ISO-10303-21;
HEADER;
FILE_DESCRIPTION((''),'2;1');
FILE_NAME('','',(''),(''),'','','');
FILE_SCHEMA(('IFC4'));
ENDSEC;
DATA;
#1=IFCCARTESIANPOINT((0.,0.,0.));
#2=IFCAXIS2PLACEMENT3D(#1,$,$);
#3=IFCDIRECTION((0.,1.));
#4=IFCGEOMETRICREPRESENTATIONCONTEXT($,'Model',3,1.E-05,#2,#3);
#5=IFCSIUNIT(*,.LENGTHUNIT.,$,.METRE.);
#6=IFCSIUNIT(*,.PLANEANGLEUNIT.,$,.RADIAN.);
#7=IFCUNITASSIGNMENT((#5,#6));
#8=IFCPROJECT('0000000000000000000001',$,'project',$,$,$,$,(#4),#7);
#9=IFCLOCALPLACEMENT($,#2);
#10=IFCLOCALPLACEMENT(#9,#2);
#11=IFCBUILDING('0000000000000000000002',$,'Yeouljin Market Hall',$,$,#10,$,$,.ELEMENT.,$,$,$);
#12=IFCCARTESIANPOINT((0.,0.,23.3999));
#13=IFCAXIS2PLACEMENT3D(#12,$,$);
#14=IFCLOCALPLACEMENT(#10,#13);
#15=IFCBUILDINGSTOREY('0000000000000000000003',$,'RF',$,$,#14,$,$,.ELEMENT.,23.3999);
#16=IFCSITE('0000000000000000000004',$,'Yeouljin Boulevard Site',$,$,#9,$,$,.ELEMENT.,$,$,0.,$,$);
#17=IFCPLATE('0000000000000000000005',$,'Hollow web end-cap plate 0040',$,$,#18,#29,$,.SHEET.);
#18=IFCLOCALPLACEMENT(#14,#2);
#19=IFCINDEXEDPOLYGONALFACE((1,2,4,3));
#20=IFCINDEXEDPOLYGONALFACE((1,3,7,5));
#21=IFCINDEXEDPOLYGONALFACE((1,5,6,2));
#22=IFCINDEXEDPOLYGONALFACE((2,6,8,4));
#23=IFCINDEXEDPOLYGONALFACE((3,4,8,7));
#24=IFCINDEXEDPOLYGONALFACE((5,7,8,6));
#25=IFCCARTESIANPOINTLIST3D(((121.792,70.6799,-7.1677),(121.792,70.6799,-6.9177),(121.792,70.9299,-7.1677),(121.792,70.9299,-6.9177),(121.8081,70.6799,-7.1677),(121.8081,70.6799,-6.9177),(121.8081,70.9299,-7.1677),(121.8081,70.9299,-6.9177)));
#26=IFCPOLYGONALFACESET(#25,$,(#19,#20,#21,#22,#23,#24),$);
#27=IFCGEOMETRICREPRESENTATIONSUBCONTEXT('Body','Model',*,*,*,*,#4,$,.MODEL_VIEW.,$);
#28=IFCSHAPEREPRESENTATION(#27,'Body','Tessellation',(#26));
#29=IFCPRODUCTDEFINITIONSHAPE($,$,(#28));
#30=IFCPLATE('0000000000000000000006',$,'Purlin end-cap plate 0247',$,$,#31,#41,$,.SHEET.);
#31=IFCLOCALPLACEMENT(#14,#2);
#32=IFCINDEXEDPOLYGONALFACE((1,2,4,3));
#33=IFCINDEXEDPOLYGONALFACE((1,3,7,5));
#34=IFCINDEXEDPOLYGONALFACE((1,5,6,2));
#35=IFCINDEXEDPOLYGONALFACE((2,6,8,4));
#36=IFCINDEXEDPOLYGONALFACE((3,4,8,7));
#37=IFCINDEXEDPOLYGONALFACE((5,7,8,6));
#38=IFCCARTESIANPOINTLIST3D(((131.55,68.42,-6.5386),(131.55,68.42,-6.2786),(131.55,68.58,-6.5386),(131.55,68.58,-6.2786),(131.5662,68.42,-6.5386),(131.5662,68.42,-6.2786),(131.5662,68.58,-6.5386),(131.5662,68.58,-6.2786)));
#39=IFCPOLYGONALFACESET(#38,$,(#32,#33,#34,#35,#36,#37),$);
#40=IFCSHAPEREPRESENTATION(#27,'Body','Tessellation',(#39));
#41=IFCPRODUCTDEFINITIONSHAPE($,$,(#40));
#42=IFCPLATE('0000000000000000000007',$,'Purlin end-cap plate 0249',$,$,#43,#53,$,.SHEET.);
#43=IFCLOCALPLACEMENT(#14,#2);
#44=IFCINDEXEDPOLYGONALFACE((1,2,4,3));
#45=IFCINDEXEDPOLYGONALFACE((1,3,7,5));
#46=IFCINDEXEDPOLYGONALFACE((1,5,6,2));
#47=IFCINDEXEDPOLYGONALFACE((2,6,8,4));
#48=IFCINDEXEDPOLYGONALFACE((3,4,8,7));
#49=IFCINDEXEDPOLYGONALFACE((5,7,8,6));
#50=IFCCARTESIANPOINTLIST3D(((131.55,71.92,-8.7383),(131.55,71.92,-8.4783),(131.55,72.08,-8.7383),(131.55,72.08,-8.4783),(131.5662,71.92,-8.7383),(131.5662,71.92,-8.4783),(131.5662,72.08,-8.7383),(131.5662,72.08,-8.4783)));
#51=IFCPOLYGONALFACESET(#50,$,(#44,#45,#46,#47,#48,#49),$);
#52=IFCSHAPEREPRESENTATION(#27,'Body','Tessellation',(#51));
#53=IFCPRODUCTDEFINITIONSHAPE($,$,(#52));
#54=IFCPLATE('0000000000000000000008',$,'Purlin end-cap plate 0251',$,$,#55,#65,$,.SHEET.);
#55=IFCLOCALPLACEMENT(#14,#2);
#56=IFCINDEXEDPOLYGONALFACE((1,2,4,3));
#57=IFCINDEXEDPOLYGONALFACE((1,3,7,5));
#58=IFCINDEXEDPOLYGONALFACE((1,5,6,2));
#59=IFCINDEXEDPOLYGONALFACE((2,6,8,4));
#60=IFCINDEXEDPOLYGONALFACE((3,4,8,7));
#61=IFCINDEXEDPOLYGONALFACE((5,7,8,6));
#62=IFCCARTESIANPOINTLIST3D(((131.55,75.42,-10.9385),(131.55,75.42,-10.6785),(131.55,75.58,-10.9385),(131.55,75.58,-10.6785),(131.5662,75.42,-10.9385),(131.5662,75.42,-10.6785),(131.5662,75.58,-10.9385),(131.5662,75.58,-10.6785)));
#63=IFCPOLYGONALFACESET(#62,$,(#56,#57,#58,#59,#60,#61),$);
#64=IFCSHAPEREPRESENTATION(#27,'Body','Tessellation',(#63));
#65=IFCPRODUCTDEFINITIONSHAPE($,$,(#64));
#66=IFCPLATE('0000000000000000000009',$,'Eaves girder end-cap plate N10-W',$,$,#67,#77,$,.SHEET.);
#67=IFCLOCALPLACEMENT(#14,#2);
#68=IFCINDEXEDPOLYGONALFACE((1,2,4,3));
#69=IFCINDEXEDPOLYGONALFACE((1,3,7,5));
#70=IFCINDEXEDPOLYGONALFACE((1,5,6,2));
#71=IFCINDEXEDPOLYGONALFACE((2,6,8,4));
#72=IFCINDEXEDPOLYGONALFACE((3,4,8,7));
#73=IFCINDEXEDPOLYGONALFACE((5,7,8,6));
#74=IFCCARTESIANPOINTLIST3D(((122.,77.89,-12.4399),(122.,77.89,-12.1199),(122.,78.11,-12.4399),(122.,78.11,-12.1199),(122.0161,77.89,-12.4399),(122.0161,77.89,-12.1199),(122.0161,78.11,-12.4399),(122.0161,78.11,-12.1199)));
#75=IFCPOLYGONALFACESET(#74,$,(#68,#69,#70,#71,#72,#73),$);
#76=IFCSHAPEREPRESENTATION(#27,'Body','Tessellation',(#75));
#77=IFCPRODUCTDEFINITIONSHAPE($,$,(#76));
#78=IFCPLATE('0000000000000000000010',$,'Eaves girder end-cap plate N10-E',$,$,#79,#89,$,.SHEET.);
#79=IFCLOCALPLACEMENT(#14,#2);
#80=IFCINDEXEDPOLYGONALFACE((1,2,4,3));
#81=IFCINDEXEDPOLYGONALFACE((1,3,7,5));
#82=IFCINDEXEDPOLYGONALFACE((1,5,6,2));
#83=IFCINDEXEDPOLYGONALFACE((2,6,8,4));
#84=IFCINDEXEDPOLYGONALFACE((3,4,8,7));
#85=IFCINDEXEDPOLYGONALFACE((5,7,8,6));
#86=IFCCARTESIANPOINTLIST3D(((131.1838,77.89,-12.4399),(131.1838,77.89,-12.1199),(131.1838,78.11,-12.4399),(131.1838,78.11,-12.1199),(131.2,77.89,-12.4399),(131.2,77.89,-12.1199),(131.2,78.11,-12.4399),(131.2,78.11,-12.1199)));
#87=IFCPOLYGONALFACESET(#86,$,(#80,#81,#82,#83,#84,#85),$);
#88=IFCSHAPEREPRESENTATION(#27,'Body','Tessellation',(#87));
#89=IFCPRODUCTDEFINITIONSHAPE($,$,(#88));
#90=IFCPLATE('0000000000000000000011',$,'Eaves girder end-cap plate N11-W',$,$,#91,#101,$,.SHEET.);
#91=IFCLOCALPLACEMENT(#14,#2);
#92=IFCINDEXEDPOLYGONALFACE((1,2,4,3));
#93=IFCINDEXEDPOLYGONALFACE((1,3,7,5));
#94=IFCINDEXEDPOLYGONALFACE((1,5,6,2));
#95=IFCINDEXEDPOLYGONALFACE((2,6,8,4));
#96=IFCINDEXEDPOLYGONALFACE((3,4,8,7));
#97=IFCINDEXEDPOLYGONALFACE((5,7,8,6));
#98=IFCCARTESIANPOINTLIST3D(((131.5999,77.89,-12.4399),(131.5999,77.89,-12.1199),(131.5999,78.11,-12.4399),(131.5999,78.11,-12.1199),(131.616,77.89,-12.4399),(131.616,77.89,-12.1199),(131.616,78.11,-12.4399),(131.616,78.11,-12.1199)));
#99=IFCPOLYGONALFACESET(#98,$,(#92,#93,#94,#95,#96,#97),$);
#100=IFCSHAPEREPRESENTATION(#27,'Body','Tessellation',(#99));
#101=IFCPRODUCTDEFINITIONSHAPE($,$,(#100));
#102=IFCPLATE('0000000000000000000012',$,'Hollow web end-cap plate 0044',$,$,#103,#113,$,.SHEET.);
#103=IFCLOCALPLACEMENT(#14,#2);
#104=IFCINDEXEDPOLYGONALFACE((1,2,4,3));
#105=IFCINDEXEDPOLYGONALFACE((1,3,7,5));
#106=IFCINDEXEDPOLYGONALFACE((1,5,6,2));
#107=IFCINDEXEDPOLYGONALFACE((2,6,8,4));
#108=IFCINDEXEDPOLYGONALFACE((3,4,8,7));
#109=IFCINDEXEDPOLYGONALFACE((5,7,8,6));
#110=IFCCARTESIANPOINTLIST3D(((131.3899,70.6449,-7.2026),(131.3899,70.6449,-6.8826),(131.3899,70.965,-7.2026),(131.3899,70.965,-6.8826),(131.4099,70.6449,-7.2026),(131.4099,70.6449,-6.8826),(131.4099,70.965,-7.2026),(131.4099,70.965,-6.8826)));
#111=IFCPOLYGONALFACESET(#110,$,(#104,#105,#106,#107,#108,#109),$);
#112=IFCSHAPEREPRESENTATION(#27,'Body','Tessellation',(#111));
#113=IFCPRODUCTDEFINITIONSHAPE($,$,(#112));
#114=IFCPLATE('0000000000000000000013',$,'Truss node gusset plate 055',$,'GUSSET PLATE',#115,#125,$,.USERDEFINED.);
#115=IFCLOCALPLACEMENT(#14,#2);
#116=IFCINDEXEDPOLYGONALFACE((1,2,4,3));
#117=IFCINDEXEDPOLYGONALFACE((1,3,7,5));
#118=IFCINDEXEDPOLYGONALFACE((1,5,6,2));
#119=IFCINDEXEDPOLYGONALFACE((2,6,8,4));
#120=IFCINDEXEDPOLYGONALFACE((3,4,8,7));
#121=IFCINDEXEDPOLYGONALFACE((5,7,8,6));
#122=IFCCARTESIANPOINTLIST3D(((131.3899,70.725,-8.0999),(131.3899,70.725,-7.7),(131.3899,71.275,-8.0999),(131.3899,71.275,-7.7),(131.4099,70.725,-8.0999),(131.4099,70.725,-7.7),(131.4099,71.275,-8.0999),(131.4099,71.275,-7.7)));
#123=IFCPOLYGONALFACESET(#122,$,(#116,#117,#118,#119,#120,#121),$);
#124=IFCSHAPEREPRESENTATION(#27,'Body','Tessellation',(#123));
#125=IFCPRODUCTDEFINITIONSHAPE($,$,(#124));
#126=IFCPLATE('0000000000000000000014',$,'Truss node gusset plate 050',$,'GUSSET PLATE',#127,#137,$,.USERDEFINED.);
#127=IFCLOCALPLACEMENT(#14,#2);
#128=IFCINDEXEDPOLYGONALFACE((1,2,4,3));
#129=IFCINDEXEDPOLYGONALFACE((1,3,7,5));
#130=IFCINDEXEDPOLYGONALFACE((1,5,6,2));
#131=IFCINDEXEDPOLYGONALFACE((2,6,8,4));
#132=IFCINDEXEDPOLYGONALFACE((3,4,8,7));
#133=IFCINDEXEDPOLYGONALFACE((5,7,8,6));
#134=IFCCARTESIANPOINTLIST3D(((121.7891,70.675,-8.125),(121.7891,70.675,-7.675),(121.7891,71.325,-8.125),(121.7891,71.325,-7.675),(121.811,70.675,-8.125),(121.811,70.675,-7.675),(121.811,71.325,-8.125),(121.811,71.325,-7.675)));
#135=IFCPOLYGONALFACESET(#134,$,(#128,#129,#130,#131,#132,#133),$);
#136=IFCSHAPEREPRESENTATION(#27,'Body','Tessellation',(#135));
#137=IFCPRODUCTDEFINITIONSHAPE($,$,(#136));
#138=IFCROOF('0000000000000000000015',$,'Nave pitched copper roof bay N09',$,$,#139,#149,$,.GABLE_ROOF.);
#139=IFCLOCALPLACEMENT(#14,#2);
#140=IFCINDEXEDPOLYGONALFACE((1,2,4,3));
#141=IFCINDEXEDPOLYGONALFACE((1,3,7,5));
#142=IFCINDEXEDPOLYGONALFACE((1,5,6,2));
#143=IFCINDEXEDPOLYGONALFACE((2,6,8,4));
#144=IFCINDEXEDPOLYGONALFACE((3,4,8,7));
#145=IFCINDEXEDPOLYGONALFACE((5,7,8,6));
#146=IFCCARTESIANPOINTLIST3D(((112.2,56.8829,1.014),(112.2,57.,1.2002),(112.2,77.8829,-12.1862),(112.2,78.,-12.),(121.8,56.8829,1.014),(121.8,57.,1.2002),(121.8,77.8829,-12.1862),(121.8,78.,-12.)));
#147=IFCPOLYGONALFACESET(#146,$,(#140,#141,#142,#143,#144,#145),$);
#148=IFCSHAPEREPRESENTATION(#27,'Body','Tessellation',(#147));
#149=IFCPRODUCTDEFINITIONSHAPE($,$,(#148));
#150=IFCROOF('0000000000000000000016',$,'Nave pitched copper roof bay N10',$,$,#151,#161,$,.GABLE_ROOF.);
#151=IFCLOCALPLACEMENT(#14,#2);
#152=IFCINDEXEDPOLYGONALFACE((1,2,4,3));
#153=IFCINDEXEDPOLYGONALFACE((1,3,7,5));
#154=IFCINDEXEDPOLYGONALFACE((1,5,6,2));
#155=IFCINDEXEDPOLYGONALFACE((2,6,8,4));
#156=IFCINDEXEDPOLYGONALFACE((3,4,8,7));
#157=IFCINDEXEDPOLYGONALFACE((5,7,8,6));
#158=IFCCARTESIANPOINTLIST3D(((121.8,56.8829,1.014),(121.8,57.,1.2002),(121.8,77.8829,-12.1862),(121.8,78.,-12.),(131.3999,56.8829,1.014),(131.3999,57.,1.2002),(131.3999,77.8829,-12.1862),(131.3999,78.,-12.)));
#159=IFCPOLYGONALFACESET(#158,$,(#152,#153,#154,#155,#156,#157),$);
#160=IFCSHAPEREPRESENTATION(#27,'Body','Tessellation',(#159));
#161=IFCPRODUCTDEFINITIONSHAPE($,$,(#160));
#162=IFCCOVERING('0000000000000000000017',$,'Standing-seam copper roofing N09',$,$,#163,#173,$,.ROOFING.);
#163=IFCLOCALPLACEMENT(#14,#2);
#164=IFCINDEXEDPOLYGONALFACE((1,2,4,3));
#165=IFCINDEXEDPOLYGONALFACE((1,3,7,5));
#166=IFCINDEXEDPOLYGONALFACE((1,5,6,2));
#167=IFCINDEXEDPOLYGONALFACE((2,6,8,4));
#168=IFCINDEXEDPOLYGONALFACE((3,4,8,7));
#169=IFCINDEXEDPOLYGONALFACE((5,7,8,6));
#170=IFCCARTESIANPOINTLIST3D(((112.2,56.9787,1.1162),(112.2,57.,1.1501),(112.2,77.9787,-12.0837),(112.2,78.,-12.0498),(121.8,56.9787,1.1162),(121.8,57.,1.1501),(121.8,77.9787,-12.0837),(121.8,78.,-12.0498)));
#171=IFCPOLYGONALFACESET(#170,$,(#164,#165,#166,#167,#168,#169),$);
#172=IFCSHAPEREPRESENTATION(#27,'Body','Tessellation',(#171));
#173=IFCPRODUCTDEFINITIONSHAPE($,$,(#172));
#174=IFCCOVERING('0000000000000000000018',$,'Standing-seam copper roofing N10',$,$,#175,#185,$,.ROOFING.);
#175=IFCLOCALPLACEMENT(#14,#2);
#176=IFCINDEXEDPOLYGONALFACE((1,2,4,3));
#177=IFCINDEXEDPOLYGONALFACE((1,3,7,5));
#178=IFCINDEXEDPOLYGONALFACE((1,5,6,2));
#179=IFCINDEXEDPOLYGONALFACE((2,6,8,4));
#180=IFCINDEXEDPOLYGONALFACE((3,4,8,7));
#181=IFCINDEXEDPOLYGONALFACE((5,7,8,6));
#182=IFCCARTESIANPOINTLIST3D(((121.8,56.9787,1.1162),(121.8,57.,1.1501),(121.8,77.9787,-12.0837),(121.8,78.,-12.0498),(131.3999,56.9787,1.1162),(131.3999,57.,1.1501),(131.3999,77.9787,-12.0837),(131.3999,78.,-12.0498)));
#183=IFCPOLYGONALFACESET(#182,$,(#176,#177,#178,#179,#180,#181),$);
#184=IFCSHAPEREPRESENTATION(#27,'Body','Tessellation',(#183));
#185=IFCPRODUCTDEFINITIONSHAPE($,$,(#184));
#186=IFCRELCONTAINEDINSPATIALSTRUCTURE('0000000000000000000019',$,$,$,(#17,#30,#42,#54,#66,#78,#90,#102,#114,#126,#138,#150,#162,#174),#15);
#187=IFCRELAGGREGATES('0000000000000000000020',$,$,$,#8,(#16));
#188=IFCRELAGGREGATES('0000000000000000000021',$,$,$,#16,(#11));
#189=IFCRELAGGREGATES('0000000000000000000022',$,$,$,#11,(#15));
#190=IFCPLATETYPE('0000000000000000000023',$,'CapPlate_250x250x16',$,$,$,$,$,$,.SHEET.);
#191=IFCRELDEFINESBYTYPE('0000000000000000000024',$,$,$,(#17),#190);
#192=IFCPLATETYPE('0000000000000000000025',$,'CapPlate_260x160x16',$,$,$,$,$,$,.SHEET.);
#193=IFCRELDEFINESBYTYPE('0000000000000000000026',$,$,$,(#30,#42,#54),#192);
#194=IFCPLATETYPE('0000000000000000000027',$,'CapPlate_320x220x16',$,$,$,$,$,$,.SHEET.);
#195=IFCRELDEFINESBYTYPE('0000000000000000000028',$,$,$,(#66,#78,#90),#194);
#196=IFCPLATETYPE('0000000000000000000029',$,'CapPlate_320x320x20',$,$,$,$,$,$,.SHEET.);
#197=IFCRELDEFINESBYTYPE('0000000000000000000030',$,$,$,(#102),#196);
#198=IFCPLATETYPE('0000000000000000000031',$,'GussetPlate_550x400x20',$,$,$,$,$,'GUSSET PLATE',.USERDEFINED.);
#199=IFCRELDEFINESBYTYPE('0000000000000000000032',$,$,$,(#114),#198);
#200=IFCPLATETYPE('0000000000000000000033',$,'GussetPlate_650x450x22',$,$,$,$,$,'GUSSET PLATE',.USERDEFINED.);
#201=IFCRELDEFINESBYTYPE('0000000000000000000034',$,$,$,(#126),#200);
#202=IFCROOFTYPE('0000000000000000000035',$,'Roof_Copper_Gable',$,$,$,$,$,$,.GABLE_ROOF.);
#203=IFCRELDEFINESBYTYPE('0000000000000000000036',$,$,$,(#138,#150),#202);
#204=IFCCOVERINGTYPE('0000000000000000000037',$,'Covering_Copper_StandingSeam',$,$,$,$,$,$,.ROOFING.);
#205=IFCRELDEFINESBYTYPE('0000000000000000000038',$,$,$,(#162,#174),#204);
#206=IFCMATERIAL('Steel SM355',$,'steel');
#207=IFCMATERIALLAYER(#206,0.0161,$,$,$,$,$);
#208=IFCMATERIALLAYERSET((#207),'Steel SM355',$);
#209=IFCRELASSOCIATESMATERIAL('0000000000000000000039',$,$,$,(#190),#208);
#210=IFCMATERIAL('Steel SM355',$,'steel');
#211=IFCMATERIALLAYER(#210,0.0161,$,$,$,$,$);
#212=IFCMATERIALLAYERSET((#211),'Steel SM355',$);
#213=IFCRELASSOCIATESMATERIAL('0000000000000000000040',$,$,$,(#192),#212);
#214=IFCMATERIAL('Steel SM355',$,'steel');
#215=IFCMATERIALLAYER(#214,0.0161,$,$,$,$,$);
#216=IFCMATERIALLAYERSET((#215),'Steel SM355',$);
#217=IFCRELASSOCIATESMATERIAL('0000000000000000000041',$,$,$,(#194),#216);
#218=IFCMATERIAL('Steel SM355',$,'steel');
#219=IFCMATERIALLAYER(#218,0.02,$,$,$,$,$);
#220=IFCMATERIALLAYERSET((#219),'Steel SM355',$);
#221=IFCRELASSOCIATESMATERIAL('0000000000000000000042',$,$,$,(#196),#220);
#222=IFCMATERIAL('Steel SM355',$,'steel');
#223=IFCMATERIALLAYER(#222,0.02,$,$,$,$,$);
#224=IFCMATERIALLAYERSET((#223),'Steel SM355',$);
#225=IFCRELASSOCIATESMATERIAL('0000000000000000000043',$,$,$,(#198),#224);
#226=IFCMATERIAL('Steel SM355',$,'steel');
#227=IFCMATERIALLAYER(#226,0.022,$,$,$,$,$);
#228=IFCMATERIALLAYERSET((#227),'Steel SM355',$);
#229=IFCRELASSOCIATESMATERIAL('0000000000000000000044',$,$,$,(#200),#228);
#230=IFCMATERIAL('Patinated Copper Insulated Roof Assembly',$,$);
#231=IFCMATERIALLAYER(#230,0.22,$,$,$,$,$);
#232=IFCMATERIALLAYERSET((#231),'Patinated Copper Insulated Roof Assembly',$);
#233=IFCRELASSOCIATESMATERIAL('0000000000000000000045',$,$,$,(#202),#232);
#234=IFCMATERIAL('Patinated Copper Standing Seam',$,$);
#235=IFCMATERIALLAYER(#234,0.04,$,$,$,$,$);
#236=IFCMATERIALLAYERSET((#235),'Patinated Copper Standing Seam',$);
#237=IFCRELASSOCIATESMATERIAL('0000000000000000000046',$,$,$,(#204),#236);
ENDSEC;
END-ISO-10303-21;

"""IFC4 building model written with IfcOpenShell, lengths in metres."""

from ifc_helpers import new_model, si_unit, direction, frame, origin, origin_2d, place, context, subcontext, project, spatial, polyline, rectangle, outline, extrude, material, layer, layer_set, type_object, element, save


model = new_model("IFC4")

# Units and contexts
model_context = context("Model", 3, precision=1e-05, world=origin(), true_north=direction((0.0, 1.0)))
body_context = subcontext(model_context, "Body", "Model", "MODEL_VIEW")
ifc_project = project(units=[si_unit("LENGTHUNIT", "METRE"), si_unit("PLANEANGLEUNIT", "RADIAN")], contexts=[model_context])

# Site, building, storey
site_placement = place(None, origin())
site = spatial("IfcSite", under=ifc_project, at=site_placement, Name="Yeouljin Boulevard Site", CompositionType="ELEMENT", RefElevation=0.0)
building_placement = place(site_placement, origin())
building = spatial("IfcBuilding", under=site, at=building_placement, Name="Yeouljin Market Hall", CompositionType="ELEMENT")
storey_placement = place(building_placement, frame((0.0, 0.0, 23.3999)))
storey = spatial("IfcBuildingStorey", under=building, at=storey_placement, Name="RF", CompositionType="ELEMENT", Elevation=23.3999)

# Plates
ifc_material_1 = material(Name="Steel SM355", Category="steel")
ifc_layer_1 = layer(ifc_material_1, 0.0161)
ifc_layer_set_1 = layer_set([ifc_layer_1], Name="Steel SM355")
plate_type_1 = type_object("IfcPlateType", Name="CapPlate_250x250x16", PredefinedType="SHEET", material=ifc_layer_set_1)
plate_1_placement = place(storey_placement, frame((121.8, 70.8049, -7.1677), z_axis=(0.0, 0.0, 1.0), x_axis=(0.0, 1.0, 0.0)))
element("IfcPlate", 1, at=plate_1_placement, inside=storey, type_object=plate_type_1, Name="Hollow web end-cap plate 0040", PredefinedType="SHEET", context=body_context, shape_type="SweptSolid", body=[
    extrude(rectangle(XDim=0.25, YDim=0.0161, at=origin_2d()), origin(), (0.0, 0.0, 1.0), 0.25),
])
ifc_material_2 = material(Name="Steel SM355", Category="steel")
ifc_layer_2 = layer(ifc_material_2, 0.0161)
ifc_layer_set_2 = layer_set([ifc_layer_2], Name="Steel SM355")
plate_type_2 = type_object("IfcPlateType", Name="CapPlate_260x160x16", PredefinedType="SHEET", material=ifc_layer_set_2)
for number, where, z_axis, x_axis, name in (
    (2, (131.5581, 68.5, -6.5386), (0.0, 0.0, 1.0), (0.0, 1.0, 0.0), "Purlin end-cap plate 0247"),
    (3, (131.5581, 72.0, -8.7383), (0.0, 0.0, 1.0), (0.0, 1.0, 0.0), "Purlin end-cap plate 0249"),
    (4, (131.5581, 75.5, -10.9385), (0.0, 0.0, 1.0), (0.0, 1.0, 0.0), "Purlin end-cap plate 0251"),
):
    element("IfcPlate", number, at=place(storey_placement, frame(where, z_axis=z_axis, x_axis=x_axis)), inside=storey, type_object=plate_type_2, Name=name, PredefinedType="SHEET", context=body_context, shape_type="SweptSolid", body=[
        extrude(rectangle(XDim=0.1599, YDim=0.0161, at=origin_2d()), origin(), (0.0, 0.0, 1.0), 0.26),
    ])
ifc_material_3 = material(Name="Steel SM355", Category="steel")
ifc_layer_3 = layer(ifc_material_3, 0.0161)
ifc_layer_set_3 = layer_set([ifc_layer_3], Name="Steel SM355")
plate_type_3 = type_object("IfcPlateType", Name="CapPlate_320x220x16", PredefinedType="SHEET", material=ifc_layer_set_3)
for number, where, z_axis, x_axis, name in (
    (5, (122.0081, 78.0, -12.4399), (0.0, 0.0, 1.0), (0.0, 1.0, 0.0), "Eaves girder end-cap plate N10-W"),
    (6, (131.1919, 78.0, -12.4399), (0.0, 0.0, 1.0), (0.0, 1.0, 0.0), "Eaves girder end-cap plate N10-E"),
    (7, (131.6079, 78.0, -12.4399), (0.0, 0.0, 1.0), (0.0, 1.0, 0.0), "Eaves girder end-cap plate N11-W"),
):
    element("IfcPlate", number, at=place(storey_placement, frame(where, z_axis=z_axis, x_axis=x_axis)), inside=storey, type_object=plate_type_3, Name=name, PredefinedType="SHEET", context=body_context, shape_type="SweptSolid", body=[
        extrude(rectangle(XDim=0.22, YDim=0.0161, at=origin_2d()), origin(), (0.0, 0.0, 1.0), 0.3201),
    ])
ifc_material_4 = material(Name="Steel SM355", Category="steel")
ifc_layer_4 = layer(ifc_material_4, 0.02)
ifc_layer_set_4 = layer_set([ifc_layer_4], Name="Steel SM355")
plate_type_4 = type_object("IfcPlateType", Name="CapPlate_320x320x20", PredefinedType="SHEET", material=ifc_layer_set_4)
plate_2_placement = place(storey_placement, frame((131.3999, 70.8049, -7.2026), z_axis=(0.0, 0.0, 1.0), x_axis=(0.0, 1.0, 0.0)))
element("IfcPlate", 8, at=plate_2_placement, inside=storey, type_object=plate_type_4, Name="Hollow web end-cap plate 0044", PredefinedType="SHEET", context=body_context, shape_type="SweptSolid", body=[
    extrude(rectangle(XDim=0.3201, YDim=0.02, at=origin_2d()), origin(), (0.0, 0.0, 1.0), 0.3201),
])
ifc_material_5 = material(Name="Steel SM355", Category="steel")
ifc_layer_5 = layer(ifc_material_5, 0.02)
ifc_layer_set_5 = layer_set([ifc_layer_5], Name="Steel SM355")
plate_type_5 = type_object("IfcPlateType", Name="GussetPlate_550x400x20", ElementType="GUSSET PLATE", PredefinedType="USERDEFINED", material=ifc_layer_set_5)
plate_3_placement = place(storey_placement, frame((131.3999, 71.0, -8.0999), z_axis=(0.0, 0.0, 1.0), x_axis=(0.0, 1.0, 0.0)))
element("IfcPlate", 9, at=plate_3_placement, inside=storey, type_object=plate_type_5, Name="Truss node gusset plate 055", ObjectType="GUSSET PLATE", PredefinedType="USERDEFINED", context=body_context, shape_type="SweptSolid", body=[
    extrude(rectangle(XDim=0.55, YDim=0.02, at=origin_2d()), origin(), (0.0, 0.0, 1.0), 0.3999),
])
ifc_material_6 = material(Name="Steel SM355", Category="steel")
ifc_layer_6 = layer(ifc_material_6, 0.022)
ifc_layer_set_6 = layer_set([ifc_layer_6], Name="Steel SM355")
plate_type_6 = type_object("IfcPlateType", Name="GussetPlate_650x450x22", ElementType="GUSSET PLATE", PredefinedType="USERDEFINED", material=ifc_layer_set_6)
plate_4_placement = place(storey_placement, frame((121.8, 71.0, -8.125), z_axis=(0.0, 0.0, 1.0), x_axis=(0.0, 1.0, 0.0)))
element("IfcPlate", 10, at=plate_4_placement, inside=storey, type_object=plate_type_6, Name="Truss node gusset plate 050", ObjectType="GUSSET PLATE", PredefinedType="USERDEFINED", context=body_context, shape_type="SweptSolid", body=[
    extrude(rectangle(XDim=0.6499, YDim=0.022, at=origin_2d()), origin(), (0.0, 0.0, 1.0), 0.45),
])

# Roofs
ifc_material_7 = material(Name="Patinated Copper Insulated Roof Assembly")
ifc_layer_7 = layer(ifc_material_7, 0.22)
ifc_layer_set_7 = layer_set([ifc_layer_7], Name="Patinated Copper Insulated Roof Assembly")
roof_type = type_object("IfcRoofType", Name="Roof_Copper_Gable", PredefinedType="GABLE_ROOF", material=ifc_layer_set_7)
roof_1_placement = place(storey_placement, frame((121.8, 78.0, -12.0), z_axis=(0.0, 0.532177, 0.846633), x_axis=(-1.0, 0.0, 0.0)))
element("IfcRoof", 11, at=roof_1_placement, inside=storey, type_object=roof_type, Name="Nave pitched copper roof bay N09", PredefinedType="GABLE_ROOF", context=body_context, shape_type="SweptSolid", body=[
    extrude(outline(polyline([(0.0, 0.0), (9.6001, 0.0), (9.6001, 24.8041), (0.0, 24.8041), (0.0, 0.0)])), origin(), (0.0, 0.0, -1.0), 0.22),
])
roof_2_placement = place(storey_placement, frame((131.3999, 78.0, -12.0), z_axis=(0.0, 0.532177, 0.846633), x_axis=(-1.0, 0.0, 0.0)))
element("IfcRoof", 12, at=roof_2_placement, inside=storey, type_object=roof_type, Name="Nave pitched copper roof bay N10", PredefinedType="GABLE_ROOF", context=body_context, shape_type="SweptSolid", body=[
    extrude(outline(polyline([(0.0, 0.0), (9.5999, 0.0), (9.5999, 24.8041), (0.0, 24.8041), (0.0, 0.0)])), origin(), (0.0, 0.0, -1.0), 0.22),
])

# Coverings
ifc_material_8 = material(Name="Patinated Copper Standing Seam")
ifc_layer_8 = layer(ifc_material_8, 0.04)
ifc_layer_set_8 = layer_set([ifc_layer_8], Name="Patinated Copper Standing Seam")
covering_type = type_object("IfcCoveringType", Name="Covering_Copper_StandingSeam", PredefinedType="ROOFING", material=ifc_layer_set_8)
covering_1_placement = place(storey_placement, frame((121.8, 78.0, -12.0498), z_axis=(0.0, 0.53217, 0.846637), x_axis=(-1.0, 0.0, 0.0)))
element("IfcCovering", 13, at=covering_1_placement, inside=storey, type_object=covering_type, Name="Standing-seam copper roofing N09", PredefinedType="ROOFING", context=body_context, shape_type="SweptSolid", body=[
    extrude(outline(polyline([(0.0, 0.0), (9.6001, 0.0), (9.6001, 24.804), (0.0, 24.804), (0.0, 0.0)])), origin(), (0.0, 0.0, -1.0), 0.04),
])
covering_2_placement = place(storey_placement, frame((131.3999, 78.0, -12.0498), z_axis=(0.0, 0.53217, 0.846637), x_axis=(-1.0, 0.0, 0.0)))
element("IfcCovering", 14, at=covering_2_placement, inside=storey, type_object=covering_type, Name="Standing-seam copper roofing N10", PredefinedType="ROOFING", context=body_context, shape_type="SweptSolid", body=[
    extrude(outline(polyline([(0.0, 0.0), (9.5999, 0.0), (9.5999, 24.804), (0.0, 24.804), (0.0, 0.0)])), origin(), (0.0, 0.0, -1.0), 0.04),
])

save(model, "model.ifc")
